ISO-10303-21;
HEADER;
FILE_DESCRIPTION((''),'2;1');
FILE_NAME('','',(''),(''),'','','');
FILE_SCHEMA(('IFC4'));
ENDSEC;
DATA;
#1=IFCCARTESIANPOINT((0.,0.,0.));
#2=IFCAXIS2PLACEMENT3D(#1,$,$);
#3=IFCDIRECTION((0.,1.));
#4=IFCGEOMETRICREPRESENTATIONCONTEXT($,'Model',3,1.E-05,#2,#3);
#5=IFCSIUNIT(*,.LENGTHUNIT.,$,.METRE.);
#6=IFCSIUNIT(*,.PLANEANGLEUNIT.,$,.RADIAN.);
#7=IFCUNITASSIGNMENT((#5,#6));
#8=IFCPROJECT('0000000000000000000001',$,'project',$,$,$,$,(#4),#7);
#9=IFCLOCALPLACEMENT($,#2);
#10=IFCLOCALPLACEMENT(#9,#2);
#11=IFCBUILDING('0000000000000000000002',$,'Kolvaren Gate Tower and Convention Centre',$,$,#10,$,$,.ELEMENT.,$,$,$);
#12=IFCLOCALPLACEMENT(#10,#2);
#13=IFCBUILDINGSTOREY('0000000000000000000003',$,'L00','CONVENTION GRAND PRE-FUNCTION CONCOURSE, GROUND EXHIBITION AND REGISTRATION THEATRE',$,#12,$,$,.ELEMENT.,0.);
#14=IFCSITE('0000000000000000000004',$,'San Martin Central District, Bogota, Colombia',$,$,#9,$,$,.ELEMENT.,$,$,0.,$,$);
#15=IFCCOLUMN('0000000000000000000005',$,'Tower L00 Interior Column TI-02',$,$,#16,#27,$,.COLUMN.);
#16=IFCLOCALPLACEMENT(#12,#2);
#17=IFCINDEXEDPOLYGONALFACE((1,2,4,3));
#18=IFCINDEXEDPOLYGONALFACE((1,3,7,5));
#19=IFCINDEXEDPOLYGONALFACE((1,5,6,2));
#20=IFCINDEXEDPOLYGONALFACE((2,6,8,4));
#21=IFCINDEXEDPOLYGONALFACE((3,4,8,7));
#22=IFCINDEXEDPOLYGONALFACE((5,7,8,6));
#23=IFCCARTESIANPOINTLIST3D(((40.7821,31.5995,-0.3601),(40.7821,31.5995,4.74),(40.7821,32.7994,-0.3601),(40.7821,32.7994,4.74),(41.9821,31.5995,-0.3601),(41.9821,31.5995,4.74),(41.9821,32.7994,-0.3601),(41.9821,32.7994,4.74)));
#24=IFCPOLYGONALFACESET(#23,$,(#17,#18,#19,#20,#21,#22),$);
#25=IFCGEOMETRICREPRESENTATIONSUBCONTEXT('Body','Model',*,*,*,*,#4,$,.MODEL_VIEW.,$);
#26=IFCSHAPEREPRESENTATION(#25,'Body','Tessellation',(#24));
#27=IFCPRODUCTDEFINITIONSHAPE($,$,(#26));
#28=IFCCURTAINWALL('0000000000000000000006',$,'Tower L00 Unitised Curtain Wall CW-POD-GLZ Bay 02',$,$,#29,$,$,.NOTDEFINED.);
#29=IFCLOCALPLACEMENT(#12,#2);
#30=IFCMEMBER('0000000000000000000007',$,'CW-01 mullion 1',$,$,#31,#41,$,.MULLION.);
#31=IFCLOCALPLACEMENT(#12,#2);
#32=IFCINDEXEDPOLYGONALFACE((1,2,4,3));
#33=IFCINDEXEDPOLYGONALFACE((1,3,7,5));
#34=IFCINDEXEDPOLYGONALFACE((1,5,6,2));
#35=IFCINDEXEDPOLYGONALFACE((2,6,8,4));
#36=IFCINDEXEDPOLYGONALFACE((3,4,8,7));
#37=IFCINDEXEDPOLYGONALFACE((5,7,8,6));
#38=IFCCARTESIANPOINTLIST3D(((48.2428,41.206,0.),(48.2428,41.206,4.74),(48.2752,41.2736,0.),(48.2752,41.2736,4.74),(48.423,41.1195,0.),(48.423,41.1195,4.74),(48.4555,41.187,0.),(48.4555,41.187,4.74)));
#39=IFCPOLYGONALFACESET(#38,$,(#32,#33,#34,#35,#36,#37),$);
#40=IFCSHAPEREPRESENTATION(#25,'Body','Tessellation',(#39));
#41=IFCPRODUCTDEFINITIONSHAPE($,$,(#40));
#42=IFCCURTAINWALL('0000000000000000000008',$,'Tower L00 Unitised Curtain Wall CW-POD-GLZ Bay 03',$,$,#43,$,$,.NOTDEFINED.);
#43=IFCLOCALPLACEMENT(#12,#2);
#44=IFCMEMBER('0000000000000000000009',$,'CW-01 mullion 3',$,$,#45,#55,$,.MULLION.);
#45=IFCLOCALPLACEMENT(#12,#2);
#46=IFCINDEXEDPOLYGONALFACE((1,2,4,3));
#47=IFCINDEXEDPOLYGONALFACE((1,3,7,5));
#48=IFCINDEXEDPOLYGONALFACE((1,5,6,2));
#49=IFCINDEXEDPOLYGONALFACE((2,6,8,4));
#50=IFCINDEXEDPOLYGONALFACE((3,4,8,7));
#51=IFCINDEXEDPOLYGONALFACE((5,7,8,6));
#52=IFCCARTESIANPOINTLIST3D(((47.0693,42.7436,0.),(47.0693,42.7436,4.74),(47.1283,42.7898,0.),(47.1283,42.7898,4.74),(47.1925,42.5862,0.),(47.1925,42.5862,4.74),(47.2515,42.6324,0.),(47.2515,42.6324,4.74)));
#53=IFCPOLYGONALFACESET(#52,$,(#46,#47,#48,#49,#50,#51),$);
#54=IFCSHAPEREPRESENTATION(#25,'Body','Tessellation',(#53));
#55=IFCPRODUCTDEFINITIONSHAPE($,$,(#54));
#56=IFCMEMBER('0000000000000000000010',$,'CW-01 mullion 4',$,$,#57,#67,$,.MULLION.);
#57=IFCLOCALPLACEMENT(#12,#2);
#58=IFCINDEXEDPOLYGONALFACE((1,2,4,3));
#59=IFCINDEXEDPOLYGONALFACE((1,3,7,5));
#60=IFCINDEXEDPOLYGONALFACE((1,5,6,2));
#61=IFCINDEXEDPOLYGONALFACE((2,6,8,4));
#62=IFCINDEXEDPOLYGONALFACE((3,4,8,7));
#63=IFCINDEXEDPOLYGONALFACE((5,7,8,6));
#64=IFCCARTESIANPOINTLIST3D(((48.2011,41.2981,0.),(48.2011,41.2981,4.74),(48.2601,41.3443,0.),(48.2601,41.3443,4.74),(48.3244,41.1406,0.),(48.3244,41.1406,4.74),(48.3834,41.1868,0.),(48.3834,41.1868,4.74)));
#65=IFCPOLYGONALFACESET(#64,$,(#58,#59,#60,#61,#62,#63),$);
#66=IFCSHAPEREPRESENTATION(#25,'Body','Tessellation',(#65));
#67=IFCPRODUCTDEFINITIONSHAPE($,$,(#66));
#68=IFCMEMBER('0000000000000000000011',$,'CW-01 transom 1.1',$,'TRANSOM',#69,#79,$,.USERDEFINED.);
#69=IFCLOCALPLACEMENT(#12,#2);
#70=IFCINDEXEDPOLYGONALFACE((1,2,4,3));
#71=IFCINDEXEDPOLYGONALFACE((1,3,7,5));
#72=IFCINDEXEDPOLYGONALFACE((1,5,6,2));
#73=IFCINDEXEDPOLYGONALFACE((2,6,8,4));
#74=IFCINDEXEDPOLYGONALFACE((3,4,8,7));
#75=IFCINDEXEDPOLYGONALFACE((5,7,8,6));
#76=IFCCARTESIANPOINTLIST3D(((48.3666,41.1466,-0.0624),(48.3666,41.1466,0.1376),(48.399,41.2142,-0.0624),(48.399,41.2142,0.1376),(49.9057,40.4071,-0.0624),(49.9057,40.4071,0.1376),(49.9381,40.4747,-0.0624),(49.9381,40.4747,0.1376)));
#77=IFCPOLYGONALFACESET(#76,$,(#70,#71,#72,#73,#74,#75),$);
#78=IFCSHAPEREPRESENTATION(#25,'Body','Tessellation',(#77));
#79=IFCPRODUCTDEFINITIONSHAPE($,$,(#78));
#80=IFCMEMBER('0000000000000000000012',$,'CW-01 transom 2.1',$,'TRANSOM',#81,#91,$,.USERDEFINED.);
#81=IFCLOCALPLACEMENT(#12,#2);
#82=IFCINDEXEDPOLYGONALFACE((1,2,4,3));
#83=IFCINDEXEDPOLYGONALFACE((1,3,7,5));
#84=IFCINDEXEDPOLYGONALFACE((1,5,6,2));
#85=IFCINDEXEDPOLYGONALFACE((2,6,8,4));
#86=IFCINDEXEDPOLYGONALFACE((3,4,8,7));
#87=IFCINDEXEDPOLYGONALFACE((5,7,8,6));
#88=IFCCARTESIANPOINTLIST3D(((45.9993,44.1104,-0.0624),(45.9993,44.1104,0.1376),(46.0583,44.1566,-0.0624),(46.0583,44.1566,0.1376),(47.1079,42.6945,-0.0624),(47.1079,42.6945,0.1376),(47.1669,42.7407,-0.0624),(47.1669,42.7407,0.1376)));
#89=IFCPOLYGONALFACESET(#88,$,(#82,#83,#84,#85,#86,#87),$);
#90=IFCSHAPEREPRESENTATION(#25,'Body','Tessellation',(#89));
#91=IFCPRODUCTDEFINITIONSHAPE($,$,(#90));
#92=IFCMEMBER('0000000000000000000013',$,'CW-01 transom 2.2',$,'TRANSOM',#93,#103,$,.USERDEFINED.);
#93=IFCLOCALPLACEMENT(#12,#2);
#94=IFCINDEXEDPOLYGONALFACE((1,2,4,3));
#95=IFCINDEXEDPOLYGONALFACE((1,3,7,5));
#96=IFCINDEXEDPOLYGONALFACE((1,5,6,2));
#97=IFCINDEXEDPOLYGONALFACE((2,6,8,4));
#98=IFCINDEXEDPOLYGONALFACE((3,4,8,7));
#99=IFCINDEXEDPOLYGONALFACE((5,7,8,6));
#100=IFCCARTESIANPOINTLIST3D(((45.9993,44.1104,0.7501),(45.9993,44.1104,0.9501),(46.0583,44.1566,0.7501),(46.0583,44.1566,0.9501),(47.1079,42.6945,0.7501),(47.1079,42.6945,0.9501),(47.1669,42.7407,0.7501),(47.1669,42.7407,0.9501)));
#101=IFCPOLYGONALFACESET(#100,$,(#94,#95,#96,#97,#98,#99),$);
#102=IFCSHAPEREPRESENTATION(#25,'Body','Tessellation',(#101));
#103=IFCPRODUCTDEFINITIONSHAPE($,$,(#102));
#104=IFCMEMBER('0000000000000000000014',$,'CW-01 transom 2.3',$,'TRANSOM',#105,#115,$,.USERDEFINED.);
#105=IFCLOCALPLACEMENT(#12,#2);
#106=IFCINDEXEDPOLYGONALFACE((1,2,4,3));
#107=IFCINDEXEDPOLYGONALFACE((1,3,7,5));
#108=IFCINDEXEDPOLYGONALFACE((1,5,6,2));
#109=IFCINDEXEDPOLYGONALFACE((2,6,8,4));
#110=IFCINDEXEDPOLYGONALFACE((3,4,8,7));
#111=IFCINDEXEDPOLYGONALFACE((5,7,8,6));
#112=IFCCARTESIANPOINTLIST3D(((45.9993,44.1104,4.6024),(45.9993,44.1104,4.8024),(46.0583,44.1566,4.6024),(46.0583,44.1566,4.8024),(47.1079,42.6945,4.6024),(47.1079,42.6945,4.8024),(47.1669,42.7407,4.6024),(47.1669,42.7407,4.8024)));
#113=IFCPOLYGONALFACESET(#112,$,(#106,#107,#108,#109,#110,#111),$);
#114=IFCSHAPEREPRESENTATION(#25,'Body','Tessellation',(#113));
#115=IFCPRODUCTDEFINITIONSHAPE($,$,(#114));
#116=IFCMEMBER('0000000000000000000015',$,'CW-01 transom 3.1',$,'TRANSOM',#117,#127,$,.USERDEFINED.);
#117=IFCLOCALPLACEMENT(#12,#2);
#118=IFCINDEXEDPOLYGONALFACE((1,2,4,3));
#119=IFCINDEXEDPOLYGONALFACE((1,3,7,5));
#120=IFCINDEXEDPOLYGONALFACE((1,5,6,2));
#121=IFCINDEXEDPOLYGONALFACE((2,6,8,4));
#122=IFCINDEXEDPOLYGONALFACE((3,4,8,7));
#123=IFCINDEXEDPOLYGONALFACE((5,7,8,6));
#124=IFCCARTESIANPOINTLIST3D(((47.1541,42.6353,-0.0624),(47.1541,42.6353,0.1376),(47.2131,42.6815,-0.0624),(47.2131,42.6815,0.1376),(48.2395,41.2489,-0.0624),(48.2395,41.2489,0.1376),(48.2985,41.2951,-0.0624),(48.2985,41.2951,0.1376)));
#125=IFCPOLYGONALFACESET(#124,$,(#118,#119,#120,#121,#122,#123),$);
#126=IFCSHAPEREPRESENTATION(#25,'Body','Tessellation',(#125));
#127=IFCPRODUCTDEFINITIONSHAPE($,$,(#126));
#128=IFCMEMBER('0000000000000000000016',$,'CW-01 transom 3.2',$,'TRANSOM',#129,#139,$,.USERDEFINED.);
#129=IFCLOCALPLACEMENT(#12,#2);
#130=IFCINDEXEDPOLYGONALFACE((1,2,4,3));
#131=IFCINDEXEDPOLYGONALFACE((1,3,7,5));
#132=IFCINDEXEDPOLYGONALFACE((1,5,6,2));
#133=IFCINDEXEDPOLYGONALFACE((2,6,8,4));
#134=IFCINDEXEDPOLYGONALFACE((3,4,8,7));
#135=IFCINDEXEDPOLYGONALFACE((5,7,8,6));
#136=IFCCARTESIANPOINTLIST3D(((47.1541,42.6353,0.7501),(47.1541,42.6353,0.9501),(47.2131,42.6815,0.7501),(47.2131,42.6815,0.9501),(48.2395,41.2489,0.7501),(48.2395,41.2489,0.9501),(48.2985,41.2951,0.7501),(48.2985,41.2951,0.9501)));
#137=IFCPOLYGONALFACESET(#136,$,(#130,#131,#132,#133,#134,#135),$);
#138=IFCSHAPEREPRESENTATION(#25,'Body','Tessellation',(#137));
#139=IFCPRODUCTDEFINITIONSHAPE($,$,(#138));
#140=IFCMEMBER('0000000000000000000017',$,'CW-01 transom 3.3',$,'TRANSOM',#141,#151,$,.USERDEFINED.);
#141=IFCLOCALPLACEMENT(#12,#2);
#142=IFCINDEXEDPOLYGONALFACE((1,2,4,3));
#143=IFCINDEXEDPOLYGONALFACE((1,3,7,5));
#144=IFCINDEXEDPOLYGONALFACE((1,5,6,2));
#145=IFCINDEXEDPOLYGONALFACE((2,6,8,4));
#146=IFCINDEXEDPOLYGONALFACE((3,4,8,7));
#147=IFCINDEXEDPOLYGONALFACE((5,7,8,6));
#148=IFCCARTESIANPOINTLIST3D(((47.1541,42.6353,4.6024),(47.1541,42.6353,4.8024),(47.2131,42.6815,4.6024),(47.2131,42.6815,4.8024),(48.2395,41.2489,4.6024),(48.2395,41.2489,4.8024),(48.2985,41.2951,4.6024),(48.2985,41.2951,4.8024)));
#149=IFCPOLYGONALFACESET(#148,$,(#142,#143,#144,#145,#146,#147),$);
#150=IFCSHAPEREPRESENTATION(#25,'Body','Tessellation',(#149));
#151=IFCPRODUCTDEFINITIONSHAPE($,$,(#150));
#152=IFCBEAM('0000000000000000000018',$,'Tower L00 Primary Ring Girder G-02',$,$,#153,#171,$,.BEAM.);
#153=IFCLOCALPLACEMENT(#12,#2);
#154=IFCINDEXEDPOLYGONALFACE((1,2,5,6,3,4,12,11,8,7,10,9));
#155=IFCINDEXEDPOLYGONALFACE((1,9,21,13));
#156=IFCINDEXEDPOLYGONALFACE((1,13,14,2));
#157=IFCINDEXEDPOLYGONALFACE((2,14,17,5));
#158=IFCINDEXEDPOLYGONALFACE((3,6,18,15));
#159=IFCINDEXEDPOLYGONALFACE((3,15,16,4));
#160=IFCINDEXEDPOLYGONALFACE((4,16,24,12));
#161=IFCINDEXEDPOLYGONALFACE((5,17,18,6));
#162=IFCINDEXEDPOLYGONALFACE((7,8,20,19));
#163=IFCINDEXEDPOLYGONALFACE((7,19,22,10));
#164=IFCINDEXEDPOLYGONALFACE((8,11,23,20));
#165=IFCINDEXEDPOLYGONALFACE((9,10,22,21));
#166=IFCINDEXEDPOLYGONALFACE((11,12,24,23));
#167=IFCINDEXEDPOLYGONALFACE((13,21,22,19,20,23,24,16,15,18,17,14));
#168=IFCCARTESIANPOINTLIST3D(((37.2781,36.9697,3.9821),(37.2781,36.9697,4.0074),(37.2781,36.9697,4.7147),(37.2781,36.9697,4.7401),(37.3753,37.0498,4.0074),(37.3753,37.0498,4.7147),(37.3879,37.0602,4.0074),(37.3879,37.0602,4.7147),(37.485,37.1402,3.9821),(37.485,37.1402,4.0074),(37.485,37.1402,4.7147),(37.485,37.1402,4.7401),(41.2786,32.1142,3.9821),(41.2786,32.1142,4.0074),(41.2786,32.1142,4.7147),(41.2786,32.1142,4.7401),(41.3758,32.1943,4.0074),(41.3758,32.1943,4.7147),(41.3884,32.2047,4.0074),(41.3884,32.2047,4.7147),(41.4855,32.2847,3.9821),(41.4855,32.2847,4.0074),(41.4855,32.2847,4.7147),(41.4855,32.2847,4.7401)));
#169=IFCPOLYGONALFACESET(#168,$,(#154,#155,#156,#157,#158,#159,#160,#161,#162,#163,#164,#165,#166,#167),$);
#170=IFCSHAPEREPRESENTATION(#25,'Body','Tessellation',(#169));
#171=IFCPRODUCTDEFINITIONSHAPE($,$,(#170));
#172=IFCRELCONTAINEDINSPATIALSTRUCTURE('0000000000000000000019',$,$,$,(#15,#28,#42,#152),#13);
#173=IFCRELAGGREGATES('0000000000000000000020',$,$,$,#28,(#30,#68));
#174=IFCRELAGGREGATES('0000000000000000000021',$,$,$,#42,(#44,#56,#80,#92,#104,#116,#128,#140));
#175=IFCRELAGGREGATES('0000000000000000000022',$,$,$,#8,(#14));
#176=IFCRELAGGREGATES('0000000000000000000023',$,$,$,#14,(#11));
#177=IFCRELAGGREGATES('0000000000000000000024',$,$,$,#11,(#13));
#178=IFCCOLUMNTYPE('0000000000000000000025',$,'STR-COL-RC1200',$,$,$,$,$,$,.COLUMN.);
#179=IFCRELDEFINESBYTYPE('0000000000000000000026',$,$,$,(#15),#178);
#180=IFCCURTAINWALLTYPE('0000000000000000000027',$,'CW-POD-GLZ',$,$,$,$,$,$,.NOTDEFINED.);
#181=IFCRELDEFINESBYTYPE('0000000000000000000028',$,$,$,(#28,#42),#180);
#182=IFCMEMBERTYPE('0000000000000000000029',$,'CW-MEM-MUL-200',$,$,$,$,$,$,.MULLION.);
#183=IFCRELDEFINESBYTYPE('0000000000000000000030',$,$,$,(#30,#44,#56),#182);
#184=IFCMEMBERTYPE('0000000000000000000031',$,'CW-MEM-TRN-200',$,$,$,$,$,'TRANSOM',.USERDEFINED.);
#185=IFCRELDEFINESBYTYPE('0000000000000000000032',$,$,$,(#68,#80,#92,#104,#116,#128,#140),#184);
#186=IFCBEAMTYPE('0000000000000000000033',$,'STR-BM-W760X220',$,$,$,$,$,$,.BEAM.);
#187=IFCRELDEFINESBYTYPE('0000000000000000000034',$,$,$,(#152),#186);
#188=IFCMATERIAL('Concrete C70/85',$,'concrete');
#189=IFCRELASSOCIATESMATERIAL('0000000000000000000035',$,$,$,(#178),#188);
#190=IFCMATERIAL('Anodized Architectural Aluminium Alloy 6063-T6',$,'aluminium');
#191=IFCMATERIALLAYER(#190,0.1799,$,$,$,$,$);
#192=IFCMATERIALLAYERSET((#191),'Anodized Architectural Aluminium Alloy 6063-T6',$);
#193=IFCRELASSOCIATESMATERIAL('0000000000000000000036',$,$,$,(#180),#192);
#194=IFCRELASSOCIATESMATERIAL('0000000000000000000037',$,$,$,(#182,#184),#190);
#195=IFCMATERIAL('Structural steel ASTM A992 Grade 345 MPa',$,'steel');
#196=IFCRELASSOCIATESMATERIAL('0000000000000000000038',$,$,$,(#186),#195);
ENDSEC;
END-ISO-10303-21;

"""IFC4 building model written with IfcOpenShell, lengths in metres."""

from ifc_helpers import new_model, si_unit, direction, frame, origin, origin_2d, place, context, subcontext, project, spatial, rectangle, i_section, extrude, material, layer, layer_set, material_profile, profile_set, type_object, element, aggregate, save


model = new_model("IFC4")

# Units and contexts
model_context = context("Model", 3, precision=1e-05, world=origin(), true_north=direction((0.0, 1.0)))
body_context = subcontext(model_context, "Body", "Model", "MODEL_VIEW")
ifc_project = project(units=[si_unit("LENGTHUNIT", "METRE"), si_unit("PLANEANGLEUNIT", "RADIAN")], contexts=[model_context])

# Site, building, storey
site_placement = place(None, origin())
site = spatial("IfcSite", under=ifc_project, at=site_placement, Name="San Martin Central District, Bogota, Colombia", CompositionType="ELEMENT", RefElevation=0.0)
building_placement = place(site_placement, origin())
building = spatial("IfcBuilding", under=site, at=building_placement, Name="Kolvaren Gate Tower and Convention Centre", CompositionType="ELEMENT")
storey_placement = place(building_placement, origin())
storey = spatial("IfcBuildingStorey", under=building, at=storey_placement, Name="L00", Description="CONVENTION GRAND PRE-FUNCTION CONCOURSE, GROUND EXHIBITION AND REGISTRATION THEATRE", CompositionType="ELEMENT", Elevation=0.0)

# Column
ifc_material_1 = material(Name="Concrete C70/85", Category="concrete")
ifc_material_profile_1 = material_profile(ifc_material_1, rectangle(XDim=1.2, YDim=1.2, at=origin_2d()), Name="RC-COL-1200X1200")
ifc_profile_set_1 = profile_set([ifc_material_profile_1], Name="Concrete C70/85")
column_type = type_object("IfcColumnType", Name="STR-COL-RC1200", PredefinedType="COLUMN", material=ifc_profile_set_1)
column_placement = place(storey_placement, frame((41.3821, 32.1995, -0.3601), z_axis=(0.0, 0.0, 1.0), x_axis=(1.0, 0.0, 0.0)))
element("IfcColumn", 1, at=column_placement, inside=storey, type_object=column_type, Name="Tower L00 Interior Column TI-02", PredefinedType="COLUMN", context=body_context, shape_type="SweptSolid", body=[
    extrude(rectangle(XDim=1.2, YDim=1.2, at=origin_2d()), origin(), (0.0, 0.0, 1.0), 5.1001),
])

# Curtain wall, member
ifc_material_2 = material(Name="Anodized Architectural Aluminium Alloy 6063-T6", Category="aluminium")
ifc_layer_1 = layer(ifc_material_2, 0.1799)
ifc_layer_set_1 = layer_set([ifc_layer_1], Name="Anodized Architectural Aluminium Alloy 6063-T6")
curtain_wall_type = type_object("IfcCurtainWallType", Name="CW-POD-GLZ", PredefinedType="NOTDEFINED", material=ifc_layer_set_1)
curtain_wall_1_placement = place(storey_placement, origin())
curtain_wall_1 = element("IfcCurtainWall", 2, at=curtain_wall_1_placement, inside=storey, type_object=curtain_wall_type, Name="Tower L00 Unitised Curtain Wall CW-POD-GLZ Bay 02", PredefinedType="NOTDEFINED")
ifc_material_profile_2 = material_profile(ifc_material_2, rectangle(XDim=0.075, YDim=0.2, at=origin_2d()), Name="CW-MEM-MUL-200")
ifc_profile_set_2 = profile_set([ifc_material_profile_2], Name="Anodized Architectural Aluminium Alloy 6063-T6")
member_type_1 = type_object("IfcMemberType", Name="CW-MEM-MUL-200", PredefinedType="MULLION", material=ifc_profile_set_2)
member_1_placement = place(storey_placement, frame((48.3491, 41.1965, 0.0), z_axis=(0.0, 0.0, 1.0), x_axis=(0.433063, 0.901364, 0.0)))
member_1 = element("IfcMember", 3, at=member_1_placement, type_object=member_type_1, Name="CW-01 mullion 1", PredefinedType="MULLION", context=body_context, shape_type="SweptSolid", body=[
    extrude(rectangle(XDim=0.075, YDim=0.2, at=origin_2d()), origin(), (0.0, 0.0, 1.0), 4.74),
])

# Curtain wall, members
curtain_wall_2_placement = place(storey_placement, origin())
curtain_wall_2 = element("IfcCurtainWall", 4, at=curtain_wall_2_placement, inside=storey, type_object=curtain_wall_type, Name="Tower L00 Unitised Curtain Wall CW-POD-GLZ Bay 03", PredefinedType="NOTDEFINED")
member_2_placement = place(storey_placement, frame((47.1604, 42.688, 0.0), z_axis=(0.0, 0.0, 1.0), x_axis=(0.787413, 0.616426, 0.0)))
member_2 = element("IfcMember", 5, at=member_2_placement, type_object=member_type_1, Name="CW-01 mullion 3", PredefinedType="MULLION", context=body_context, shape_type="SweptSolid", body=[
    extrude(rectangle(XDim=0.075, YDim=0.2, at=origin_2d()), origin(), (0.0, 0.0, 1.0), 4.74),
])
member_3_placement = place(storey_placement, frame((48.2922, 41.2424, 0.0), z_axis=(0.0, 0.0, 1.0), x_axis=(0.787413, 0.616426, 0.0)))
member_3 = element("IfcMember", 6, at=member_3_placement, type_object=member_type_1, Name="CW-01 mullion 4", PredefinedType="MULLION", context=body_context, shape_type="SweptSolid", body=[
    extrude(rectangle(XDim=0.075, YDim=0.2, at=origin_2d()), origin(), (0.0, 0.0, 1.0), 4.74),
])

# Members
ifc_material_profile_3 = material_profile(ifc_material_2, rectangle(XDim=0.075, YDim=0.2, at=origin_2d()), Name="CW-MEM-TRN-200")
ifc_profile_set_3 = profile_set([ifc_material_profile_3], Name="Anodized Architectural Aluminium Alloy 6063-T6")
member_type_2 = type_object("IfcMemberType", Name="CW-MEM-TRN-200", ElementType="TRANSOM", PredefinedType="USERDEFINED", material=ifc_profile_set_3)
member_4_placement = place(storey_placement, frame((48.3828, 41.1804, 0.0376), z_axis=(0.901351, -0.433089, 0.0), x_axis=(0.433089, 0.901351, 0.0)))
member_4 = element("IfcMember", 7, at=member_4_placement, type_object=member_type_2, Name="CW-01 transom 1.1", ObjectType="TRANSOM", PredefinedType="USERDEFINED", context=body_context, shape_type="SweptSolid", body=[
    extrude(rectangle(XDim=0.075, YDim=0.2, at=origin_2d()), origin(), (0.0, 0.0, 1.0), 1.7075),
])
aggregate(curtain_wall_1, [member_1, member_4])
member_5_placement = place(storey_placement, frame((46.0288, 44.1335, 0.0376), z_axis=(0.616466, -0.787382, 0.0), x_axis=(0.787382, 0.616466, 0.0)))
member_5 = element("IfcMember", 8, at=member_5_placement, type_object=member_type_2, Name="CW-01 transom 2.1", ObjectType="TRANSOM", PredefinedType="USERDEFINED", context=body_context, shape_type="SweptSolid", body=[
    extrude(rectangle(XDim=0.075, YDim=0.2, at=origin_2d()), origin(), (0.0, 0.0, 1.0), 1.7983),
])
member_6_placement = place(storey_placement, frame((46.0288, 44.1335, 0.8501), z_axis=(0.616466, -0.787382, 0.0), x_axis=(0.787382, 0.616466, 0.0)))
member_6 = element("IfcMember", 9, at=member_6_placement, type_object=member_type_2, Name="CW-01 transom 2.2", ObjectType="TRANSOM", PredefinedType="USERDEFINED", context=body_context, shape_type="SweptSolid", body=[
    extrude(rectangle(XDim=0.075, YDim=0.2, at=origin_2d()), origin(), (0.0, 0.0, 1.0), 1.7983),
])
member_7_placement = place(storey_placement, frame((46.0288, 44.1335, 4.7024), z_axis=(0.616466, -0.787382, 0.0), x_axis=(0.787382, 0.616466, 0.0)))
member_7 = element("IfcMember", 10, at=member_7_placement, type_object=member_type_2, Name="CW-01 transom 2.3", ObjectType="TRANSOM", PredefinedType="USERDEFINED", context=body_context, shape_type="SweptSolid", body=[
    extrude(rectangle(XDim=0.075, YDim=0.2, at=origin_2d()), origin(), (0.0, 0.0, 1.0), 1.7983),
])
member_8_placement = place(storey_placement, frame((47.1836, 42.6584, 0.0376), z_axis=(0.616443, -0.7874, 0.0), x_axis=(0.7874, 0.616443, 0.0)))
member_8 = element("IfcMember", 11, at=member_8_placement, type_object=member_type_2, Name="CW-01 transom 3.1", ObjectType="TRANSOM", PredefinedType="USERDEFINED", context=body_context, shape_type="SweptSolid", body=[
    extrude(rectangle(XDim=0.075, YDim=0.2, at=origin_2d()), origin(), (0.0, 0.0, 1.0), 1.7607),
])
member_9_placement = place(storey_placement, frame((47.1836, 42.6584, 0.8501), z_axis=(0.616443, -0.7874, 0.0), x_axis=(0.7874, 0.616443, 0.0)))
member_9 = element("IfcMember", 12, at=member_9_placement, type_object=member_type_2, Name="CW-01 transom 3.2", ObjectType="TRANSOM", PredefinedType="USERDEFINED", context=body_context, shape_type="SweptSolid", body=[
    extrude(rectangle(XDim=0.075, YDim=0.2, at=origin_2d()), origin(), (0.0, 0.0, 1.0), 1.7607),
])
member_10_placement = place(storey_placement, frame((47.1836, 42.6584, 4.7024), z_axis=(0.616443, -0.7874, 0.0), x_axis=(0.7874, 0.616443, 0.0)))
member_10 = element("IfcMember", 13, at=member_10_placement, type_object=member_type_2, Name="CW-01 transom 3.3", ObjectType="TRANSOM", PredefinedType="USERDEFINED", context=body_context, shape_type="SweptSolid", body=[
    extrude(rectangle(XDim=0.075, YDim=0.2, at=origin_2d()), origin(), (0.0, 0.0, 1.0), 1.7607),
])

# Beam
ifc_material_3 = material(Name="Structural steel ASTM A992 Grade 345 MPa", Category="steel")
ifc_material_profile_4 = material_profile(ifc_material_3, i_section(OverallWidth=0.2681, OverallDepth=0.7581, WebThickness=0.0164, FlangeThickness=0.0254, at=origin_2d()), Name="W760X220")
ifc_profile_set_4 = profile_set([ifc_material_profile_4], Name="Structural steel ASTM A992 Grade 345 MPa")
beam_type_1 = type_object("IfcBeamType", Name="STR-BM-W760X220", PredefinedType="BEAM", material=ifc_profile_set_4)
beam_1_placement = place(storey_placement, frame((41.3821, 32.1995, 4.3611), z_axis=(-0.635884, 0.771785, 0.0), x_axis=(-0.771785, -0.635884, 0.0)))
element("IfcBeam", 14, at=beam_1_placement, inside=storey, type_object=beam_type_1, Name="Tower L00 Primary Ring Girder G-02", PredefinedType="BEAM", context=body_context, shape_type="SweptSolid", body=[
    extrude(i_section(OverallWidth=0.2681, OverallDepth=0.7581, WebThickness=0.0164, FlangeThickness=0.0254, at=origin_2d()), origin(), (0.0, 0.0, 1.0), 6.2913),
])

aggregate(curtain_wall_2, [member_2, member_3, member_5, member_6, member_7, member_8, member_9, member_10])

save(model, "model.ifc")
